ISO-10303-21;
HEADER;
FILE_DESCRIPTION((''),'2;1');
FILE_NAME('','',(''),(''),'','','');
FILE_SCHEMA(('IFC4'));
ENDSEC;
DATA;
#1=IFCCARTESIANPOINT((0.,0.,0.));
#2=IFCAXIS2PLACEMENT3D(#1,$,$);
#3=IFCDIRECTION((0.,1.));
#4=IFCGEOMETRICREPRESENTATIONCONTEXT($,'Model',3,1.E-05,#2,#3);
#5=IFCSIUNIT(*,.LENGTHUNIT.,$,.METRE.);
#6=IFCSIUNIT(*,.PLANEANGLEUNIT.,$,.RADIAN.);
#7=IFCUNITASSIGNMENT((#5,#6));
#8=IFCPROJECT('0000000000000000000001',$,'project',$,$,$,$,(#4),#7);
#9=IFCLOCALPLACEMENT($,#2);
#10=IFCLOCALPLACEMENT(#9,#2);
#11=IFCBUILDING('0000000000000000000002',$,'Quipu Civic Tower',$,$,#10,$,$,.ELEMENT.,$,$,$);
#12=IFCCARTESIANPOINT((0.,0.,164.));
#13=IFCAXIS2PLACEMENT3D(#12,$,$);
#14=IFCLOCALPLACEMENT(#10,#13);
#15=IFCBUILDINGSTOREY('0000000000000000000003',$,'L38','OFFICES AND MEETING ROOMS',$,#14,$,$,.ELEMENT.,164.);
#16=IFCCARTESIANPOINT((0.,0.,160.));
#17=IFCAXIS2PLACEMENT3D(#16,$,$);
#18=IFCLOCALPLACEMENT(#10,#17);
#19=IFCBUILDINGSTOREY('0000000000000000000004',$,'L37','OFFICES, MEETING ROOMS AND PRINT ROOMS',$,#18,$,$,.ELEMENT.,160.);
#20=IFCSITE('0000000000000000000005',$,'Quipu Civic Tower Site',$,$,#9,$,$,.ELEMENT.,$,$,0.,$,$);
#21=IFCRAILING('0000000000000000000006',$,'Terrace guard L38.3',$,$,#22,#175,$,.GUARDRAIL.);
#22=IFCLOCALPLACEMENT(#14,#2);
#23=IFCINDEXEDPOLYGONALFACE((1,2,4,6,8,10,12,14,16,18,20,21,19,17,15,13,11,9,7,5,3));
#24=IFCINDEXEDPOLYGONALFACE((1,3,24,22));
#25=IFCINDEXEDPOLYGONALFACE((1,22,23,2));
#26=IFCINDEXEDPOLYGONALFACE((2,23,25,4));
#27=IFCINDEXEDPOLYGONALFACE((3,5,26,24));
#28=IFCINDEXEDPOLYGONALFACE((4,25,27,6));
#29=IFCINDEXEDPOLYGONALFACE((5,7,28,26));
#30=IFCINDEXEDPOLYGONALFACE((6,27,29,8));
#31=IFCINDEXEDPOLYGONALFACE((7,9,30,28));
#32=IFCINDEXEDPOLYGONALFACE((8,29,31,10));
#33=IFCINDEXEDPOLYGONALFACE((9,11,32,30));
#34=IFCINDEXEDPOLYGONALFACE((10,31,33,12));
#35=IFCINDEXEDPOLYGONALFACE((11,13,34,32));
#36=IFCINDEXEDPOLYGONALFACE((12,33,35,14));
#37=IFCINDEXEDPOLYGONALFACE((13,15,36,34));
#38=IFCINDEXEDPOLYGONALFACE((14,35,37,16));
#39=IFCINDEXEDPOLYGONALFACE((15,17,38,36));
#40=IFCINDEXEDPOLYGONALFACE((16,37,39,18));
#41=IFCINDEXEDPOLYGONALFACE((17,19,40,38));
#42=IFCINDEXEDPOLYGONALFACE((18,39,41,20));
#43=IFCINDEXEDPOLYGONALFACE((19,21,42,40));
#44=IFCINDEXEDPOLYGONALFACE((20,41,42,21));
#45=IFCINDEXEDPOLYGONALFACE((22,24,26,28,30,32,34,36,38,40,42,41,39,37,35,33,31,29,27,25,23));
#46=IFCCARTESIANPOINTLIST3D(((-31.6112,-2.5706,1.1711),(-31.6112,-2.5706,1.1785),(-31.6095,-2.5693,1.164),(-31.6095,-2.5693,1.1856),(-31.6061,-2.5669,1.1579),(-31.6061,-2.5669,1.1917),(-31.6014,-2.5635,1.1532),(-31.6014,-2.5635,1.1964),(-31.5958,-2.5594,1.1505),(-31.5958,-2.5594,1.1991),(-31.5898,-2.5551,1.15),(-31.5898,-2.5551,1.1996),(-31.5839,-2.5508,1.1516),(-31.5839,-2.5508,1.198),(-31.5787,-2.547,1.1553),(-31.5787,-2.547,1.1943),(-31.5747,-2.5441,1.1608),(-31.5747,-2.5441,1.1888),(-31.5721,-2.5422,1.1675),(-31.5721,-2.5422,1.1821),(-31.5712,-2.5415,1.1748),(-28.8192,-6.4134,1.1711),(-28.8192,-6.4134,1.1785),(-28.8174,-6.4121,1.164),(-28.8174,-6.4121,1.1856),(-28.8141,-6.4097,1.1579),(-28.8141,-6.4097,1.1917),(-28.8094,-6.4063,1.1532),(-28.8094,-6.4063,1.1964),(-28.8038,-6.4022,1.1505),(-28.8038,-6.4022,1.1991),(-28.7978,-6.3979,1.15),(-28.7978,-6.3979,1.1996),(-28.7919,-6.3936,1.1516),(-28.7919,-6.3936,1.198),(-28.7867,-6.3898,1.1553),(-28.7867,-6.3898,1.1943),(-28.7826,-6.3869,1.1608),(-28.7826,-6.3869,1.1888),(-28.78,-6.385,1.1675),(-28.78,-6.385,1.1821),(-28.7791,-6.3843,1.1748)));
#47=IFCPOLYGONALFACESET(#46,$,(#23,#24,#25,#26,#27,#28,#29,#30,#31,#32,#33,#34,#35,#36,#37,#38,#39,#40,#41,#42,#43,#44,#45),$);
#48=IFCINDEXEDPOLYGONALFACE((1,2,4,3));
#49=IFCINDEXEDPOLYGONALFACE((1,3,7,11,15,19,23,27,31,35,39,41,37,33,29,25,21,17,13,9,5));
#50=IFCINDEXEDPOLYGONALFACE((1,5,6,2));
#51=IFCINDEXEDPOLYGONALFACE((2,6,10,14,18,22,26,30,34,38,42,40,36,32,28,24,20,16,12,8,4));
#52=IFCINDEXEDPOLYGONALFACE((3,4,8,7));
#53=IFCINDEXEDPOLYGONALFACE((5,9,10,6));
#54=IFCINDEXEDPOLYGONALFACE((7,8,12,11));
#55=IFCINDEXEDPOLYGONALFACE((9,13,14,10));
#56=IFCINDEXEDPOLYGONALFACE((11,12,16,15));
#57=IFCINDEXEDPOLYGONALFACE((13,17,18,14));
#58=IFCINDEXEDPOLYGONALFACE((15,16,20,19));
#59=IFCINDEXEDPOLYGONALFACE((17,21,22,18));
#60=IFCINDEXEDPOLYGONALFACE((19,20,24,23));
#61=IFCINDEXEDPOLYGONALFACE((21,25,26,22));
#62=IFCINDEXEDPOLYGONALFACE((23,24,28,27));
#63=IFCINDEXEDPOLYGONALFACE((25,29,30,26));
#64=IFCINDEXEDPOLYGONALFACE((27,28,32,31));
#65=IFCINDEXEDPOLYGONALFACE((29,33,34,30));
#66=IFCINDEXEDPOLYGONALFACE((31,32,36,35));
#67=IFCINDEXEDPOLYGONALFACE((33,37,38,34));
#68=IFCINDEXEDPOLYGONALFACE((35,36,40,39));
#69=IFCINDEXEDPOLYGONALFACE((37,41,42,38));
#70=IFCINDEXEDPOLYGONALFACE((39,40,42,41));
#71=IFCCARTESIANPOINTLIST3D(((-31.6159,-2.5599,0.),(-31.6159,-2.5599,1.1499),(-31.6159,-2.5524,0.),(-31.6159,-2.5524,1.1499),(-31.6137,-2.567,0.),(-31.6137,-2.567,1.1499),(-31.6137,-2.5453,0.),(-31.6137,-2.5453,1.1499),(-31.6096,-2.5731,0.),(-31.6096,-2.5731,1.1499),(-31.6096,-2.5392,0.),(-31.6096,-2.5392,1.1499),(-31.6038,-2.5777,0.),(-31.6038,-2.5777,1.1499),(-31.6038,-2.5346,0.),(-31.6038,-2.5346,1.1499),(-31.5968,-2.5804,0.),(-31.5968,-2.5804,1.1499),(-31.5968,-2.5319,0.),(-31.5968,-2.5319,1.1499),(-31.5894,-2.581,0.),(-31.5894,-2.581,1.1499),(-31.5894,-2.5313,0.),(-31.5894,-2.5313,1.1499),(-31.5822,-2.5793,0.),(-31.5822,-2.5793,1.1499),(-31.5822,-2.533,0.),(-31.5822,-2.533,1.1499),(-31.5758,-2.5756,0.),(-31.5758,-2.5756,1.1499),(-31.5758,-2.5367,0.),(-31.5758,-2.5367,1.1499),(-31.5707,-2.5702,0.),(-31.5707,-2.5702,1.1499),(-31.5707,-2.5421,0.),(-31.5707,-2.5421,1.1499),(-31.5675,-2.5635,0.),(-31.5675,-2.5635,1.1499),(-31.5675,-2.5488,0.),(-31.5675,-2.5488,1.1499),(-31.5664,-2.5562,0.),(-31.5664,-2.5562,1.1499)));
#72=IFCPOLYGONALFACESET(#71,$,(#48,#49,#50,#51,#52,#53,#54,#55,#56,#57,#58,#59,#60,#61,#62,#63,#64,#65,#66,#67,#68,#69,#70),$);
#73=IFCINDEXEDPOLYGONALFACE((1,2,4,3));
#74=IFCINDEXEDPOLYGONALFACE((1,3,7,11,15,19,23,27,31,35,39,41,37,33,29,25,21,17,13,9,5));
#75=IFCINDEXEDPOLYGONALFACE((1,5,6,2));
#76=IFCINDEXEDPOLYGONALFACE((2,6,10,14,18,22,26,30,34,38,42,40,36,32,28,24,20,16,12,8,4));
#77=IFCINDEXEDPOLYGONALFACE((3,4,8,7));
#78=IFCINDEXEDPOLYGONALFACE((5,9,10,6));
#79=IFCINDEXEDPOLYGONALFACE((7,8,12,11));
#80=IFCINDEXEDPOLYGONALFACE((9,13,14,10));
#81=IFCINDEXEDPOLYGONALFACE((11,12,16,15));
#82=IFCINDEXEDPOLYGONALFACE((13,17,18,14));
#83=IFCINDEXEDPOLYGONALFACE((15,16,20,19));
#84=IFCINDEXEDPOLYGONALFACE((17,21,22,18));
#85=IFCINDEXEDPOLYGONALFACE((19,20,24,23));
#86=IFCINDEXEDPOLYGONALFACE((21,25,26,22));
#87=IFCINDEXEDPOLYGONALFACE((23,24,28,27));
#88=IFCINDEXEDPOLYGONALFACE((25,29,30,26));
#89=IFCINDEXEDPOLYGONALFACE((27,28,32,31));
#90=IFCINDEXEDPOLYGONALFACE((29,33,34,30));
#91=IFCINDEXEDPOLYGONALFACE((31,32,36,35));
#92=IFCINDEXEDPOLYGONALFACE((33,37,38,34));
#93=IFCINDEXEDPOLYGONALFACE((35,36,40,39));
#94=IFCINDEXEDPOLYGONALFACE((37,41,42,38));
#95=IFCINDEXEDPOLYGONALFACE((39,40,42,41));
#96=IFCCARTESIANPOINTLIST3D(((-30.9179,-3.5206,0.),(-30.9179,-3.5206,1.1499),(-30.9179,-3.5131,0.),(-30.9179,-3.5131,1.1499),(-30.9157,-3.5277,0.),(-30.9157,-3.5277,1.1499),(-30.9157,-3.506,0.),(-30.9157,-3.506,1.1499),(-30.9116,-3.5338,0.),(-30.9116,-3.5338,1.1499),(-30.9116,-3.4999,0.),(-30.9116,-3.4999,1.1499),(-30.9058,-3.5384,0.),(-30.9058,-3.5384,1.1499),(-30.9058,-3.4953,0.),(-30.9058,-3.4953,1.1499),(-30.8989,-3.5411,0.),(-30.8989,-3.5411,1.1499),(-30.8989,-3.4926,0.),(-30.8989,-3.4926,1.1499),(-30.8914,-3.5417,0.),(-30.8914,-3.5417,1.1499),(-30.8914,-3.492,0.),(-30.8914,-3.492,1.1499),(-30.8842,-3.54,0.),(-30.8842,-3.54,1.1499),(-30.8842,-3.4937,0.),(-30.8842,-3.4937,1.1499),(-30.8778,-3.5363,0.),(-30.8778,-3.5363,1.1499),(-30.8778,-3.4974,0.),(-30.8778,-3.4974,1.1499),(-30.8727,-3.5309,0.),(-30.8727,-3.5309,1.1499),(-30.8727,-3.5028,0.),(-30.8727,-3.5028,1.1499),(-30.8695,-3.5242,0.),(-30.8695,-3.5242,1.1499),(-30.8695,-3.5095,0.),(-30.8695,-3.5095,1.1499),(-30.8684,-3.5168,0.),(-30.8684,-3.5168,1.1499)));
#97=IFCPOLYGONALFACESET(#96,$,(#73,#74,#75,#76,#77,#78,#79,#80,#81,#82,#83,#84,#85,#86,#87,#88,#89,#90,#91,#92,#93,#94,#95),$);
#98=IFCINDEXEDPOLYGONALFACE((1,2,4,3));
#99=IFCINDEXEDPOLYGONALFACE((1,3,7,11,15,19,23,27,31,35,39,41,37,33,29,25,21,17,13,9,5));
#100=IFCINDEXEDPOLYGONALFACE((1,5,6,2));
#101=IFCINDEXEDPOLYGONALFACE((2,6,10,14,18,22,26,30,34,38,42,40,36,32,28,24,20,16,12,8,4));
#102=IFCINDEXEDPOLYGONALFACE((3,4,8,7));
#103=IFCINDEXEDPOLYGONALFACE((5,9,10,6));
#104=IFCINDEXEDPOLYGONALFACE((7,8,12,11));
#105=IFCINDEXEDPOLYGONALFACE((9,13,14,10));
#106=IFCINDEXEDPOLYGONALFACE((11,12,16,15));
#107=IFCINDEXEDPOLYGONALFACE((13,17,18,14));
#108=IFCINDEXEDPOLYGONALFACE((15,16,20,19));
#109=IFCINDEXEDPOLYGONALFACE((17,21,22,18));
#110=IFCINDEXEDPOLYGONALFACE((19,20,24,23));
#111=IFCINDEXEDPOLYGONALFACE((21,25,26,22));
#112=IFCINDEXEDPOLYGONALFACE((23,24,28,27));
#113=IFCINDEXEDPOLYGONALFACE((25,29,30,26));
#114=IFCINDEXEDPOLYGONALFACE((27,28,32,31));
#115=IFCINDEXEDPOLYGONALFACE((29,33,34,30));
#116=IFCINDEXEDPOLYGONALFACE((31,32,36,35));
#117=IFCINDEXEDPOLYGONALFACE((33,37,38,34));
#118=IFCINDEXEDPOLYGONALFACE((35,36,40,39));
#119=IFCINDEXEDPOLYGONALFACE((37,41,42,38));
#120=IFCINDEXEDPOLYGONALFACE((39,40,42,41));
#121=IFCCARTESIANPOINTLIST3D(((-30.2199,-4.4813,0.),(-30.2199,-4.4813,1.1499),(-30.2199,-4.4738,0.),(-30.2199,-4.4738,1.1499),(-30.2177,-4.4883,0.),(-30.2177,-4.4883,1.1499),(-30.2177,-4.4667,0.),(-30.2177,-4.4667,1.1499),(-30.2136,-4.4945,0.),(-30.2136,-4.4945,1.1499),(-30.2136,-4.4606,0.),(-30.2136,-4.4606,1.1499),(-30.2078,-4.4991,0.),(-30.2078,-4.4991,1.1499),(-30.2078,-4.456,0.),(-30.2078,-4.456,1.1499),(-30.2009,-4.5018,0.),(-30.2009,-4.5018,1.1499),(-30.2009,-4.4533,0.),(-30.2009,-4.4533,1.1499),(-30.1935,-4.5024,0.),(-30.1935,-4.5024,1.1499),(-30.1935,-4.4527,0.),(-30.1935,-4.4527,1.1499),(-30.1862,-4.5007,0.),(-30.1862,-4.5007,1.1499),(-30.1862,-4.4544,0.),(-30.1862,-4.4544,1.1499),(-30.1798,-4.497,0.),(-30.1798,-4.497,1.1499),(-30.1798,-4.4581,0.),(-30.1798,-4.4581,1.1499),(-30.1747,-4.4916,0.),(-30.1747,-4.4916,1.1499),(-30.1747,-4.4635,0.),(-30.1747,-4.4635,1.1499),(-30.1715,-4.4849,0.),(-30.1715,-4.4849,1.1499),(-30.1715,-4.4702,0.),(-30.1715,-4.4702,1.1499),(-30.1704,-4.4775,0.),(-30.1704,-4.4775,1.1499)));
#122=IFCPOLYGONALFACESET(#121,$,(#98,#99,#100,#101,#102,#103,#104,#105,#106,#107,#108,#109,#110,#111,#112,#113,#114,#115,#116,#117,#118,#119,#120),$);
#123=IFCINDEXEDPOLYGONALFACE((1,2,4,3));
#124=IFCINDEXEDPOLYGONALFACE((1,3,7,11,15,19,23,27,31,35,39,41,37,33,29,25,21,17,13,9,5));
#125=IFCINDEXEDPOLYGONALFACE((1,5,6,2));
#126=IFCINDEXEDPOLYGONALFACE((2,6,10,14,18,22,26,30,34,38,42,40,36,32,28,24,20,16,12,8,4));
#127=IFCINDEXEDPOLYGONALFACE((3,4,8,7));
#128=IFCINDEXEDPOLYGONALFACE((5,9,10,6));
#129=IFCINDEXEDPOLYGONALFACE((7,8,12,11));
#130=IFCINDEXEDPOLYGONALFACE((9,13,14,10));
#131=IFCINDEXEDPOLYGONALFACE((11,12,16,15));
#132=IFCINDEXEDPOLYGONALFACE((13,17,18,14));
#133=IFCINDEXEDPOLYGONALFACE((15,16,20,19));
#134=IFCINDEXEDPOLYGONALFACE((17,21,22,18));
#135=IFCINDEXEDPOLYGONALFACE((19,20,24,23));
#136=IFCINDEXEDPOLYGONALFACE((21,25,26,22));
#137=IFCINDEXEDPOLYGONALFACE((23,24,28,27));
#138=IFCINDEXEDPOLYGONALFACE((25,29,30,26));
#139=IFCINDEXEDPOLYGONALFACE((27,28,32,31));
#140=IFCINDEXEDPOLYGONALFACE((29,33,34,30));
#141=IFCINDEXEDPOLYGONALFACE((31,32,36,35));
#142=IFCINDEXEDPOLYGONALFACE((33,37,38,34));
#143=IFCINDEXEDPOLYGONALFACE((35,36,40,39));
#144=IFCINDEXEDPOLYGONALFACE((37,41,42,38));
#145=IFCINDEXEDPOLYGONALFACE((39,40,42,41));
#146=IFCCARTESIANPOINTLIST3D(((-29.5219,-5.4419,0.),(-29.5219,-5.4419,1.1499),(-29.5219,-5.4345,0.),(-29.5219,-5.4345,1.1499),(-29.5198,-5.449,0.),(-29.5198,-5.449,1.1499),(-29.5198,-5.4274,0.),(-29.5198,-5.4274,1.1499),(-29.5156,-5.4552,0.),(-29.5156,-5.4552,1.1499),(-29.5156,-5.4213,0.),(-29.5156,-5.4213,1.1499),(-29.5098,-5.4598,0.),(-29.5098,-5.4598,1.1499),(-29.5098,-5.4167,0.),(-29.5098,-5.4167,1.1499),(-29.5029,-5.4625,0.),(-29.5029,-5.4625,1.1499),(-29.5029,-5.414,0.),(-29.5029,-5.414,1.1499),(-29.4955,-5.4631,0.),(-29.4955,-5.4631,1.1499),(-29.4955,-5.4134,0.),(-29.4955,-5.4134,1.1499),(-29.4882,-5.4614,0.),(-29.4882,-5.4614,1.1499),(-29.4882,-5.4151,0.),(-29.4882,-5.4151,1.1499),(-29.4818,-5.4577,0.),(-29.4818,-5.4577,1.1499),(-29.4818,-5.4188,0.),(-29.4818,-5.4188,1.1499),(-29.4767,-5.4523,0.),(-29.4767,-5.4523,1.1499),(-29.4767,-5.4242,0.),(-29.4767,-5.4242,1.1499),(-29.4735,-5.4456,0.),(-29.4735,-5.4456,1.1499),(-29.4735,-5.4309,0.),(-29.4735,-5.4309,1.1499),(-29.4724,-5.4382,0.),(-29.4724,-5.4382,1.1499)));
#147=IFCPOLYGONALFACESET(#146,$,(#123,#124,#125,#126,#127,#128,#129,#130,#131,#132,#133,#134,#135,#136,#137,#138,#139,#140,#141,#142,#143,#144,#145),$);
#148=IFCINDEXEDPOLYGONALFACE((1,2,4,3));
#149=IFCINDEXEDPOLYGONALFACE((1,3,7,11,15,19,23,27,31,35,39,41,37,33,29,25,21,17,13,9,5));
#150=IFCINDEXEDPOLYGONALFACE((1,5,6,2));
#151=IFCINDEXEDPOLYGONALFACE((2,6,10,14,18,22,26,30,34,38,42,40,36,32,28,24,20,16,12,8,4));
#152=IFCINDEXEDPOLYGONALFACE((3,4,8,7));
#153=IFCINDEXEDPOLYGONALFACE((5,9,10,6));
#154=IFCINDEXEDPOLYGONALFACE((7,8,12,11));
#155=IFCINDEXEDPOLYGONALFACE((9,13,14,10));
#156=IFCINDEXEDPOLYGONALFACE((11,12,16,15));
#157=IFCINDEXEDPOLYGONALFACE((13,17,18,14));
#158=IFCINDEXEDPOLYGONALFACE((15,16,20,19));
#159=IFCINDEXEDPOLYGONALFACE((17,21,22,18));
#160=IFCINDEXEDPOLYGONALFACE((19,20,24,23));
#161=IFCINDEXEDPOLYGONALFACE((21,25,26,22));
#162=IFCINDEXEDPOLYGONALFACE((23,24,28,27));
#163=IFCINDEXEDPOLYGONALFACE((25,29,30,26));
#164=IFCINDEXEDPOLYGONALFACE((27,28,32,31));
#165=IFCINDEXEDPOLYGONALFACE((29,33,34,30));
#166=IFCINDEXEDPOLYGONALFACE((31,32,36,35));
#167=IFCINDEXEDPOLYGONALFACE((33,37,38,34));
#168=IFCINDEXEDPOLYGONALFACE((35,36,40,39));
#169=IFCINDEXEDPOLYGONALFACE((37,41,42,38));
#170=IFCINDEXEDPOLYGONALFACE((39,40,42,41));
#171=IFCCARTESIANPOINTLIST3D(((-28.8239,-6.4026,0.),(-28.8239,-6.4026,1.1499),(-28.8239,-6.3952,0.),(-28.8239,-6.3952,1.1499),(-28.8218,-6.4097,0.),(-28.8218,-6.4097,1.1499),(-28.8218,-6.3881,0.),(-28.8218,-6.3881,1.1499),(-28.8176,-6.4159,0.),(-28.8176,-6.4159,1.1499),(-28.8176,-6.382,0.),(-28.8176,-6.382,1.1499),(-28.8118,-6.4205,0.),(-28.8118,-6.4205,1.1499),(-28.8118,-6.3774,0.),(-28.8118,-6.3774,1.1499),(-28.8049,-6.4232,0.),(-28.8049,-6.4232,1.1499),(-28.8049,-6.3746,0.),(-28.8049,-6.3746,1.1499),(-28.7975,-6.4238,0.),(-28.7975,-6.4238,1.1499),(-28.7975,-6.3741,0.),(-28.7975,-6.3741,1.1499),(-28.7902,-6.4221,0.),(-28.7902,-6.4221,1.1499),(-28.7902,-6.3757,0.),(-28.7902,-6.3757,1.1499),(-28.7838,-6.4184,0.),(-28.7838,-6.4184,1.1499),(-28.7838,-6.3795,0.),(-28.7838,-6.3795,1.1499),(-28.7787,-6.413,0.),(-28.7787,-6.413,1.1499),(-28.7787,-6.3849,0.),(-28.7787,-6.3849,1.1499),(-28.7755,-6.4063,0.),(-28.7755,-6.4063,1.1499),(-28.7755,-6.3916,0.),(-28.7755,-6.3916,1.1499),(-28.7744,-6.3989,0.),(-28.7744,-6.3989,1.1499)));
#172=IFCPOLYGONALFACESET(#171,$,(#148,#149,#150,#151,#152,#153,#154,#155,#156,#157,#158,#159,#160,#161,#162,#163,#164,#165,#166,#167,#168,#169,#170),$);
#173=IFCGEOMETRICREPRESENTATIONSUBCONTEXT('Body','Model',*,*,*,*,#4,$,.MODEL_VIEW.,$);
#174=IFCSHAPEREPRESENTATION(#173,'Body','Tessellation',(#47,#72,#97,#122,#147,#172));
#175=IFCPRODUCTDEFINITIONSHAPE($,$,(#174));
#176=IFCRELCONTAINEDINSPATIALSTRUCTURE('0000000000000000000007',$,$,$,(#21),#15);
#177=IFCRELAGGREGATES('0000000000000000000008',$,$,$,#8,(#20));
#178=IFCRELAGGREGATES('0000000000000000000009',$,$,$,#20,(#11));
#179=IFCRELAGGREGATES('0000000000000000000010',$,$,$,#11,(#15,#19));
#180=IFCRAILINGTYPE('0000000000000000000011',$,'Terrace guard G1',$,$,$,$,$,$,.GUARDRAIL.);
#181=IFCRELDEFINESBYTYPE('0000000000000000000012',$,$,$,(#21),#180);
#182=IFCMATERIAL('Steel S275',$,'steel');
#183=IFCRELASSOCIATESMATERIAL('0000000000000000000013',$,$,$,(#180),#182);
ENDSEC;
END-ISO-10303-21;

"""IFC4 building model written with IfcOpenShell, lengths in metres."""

from ifc_helpers import new_model, si_unit, direction, frame, origin, origin_2d, place, context, subcontext, project, spatial, circle, extrude, material, type_object, element, save


model = new_model("IFC4")

# Units and contexts
model_context = context("Model", 3, precision=1e-05, world=origin(), true_north=direction((0.0, 1.0)))
body_context = subcontext(model_context, "Body", "Model", "MODEL_VIEW")
ifc_project = project(units=[si_unit("LENGTHUNIT", "METRE"), si_unit("PLANEANGLEUNIT", "RADIAN")], contexts=[model_context])

# Site, building, storey
site_placement = place(None, origin())
site = spatial("IfcSite", under=ifc_project, at=site_placement, Name="Quipu Civic Tower Site", CompositionType="ELEMENT", RefElevation=0.0)
building_placement = place(site_placement, origin())
building = spatial("IfcBuilding", under=site, at=building_placement, Name="Quipu Civic Tower", CompositionType="ELEMENT")
storey_1_placement = place(building_placement, frame((0.0, 0.0, 164.0)))
storey_1 = spatial("IfcBuildingStorey", under=building, at=storey_1_placement, Name="L38", Description="OFFICES AND MEETING ROOMS", CompositionType="ELEMENT", Elevation=164.0)

# Shared definitions
storey_2_placement = place(building_placement, frame((0.0, 0.0, 160.0)))
storey_2 = spatial("IfcBuildingStorey", under=building, at=storey_2_placement, Name="L37", Description="OFFICES, MEETING ROOMS AND PRINT ROOMS", CompositionType="ELEMENT", Elevation=160.0)

# Railing
ifc_material_1 = material(Name="Steel S275", Category="steel")
railing_type = type_object("IfcRailingType", Name="Terrace guard G1", PredefinedType="GUARDRAIL", material=ifc_material_1)
railing_1_placement = place(storey_1_placement, frame((-31.5913, -2.5562, 0.0)))
element("IfcRailing", 1, at=railing_1_placement, inside=storey_1, type_object=railing_type, Name="Terrace guard L38.3", PredefinedType="GUARDRAIL", context=body_context, shape_type="SweptSolid", body=[
    extrude(circle(Radius=0.0249, at=origin_2d()), frame((0.0, 0.0, 1.1748), z_axis=(0.587793, -0.809012, 0.0), x_axis=(0.809012, 0.587793, 0.0)), (0.0, 0.0, 1.0), 4.75),
    extrude(circle(Radius=0.0249, at=origin_2d()), origin(), (0.0, 0.0, 1.0), 1.1499),
    extrude(circle(Radius=0.0249, at=origin_2d()), frame((0.698, -0.9607, 0.0)), (0.0, 0.0, 1.0), 1.1499),
    extrude(circle(Radius=0.0249, at=origin_2d()), frame((1.396, -1.9214, 0.0)), (0.0, 0.0, 1.0), 1.1499),
    extrude(circle(Radius=0.0249, at=origin_2d()), frame((2.094, -2.8821, 0.0)), (0.0, 0.0, 1.0), 1.1499),
    extrude(circle(Radius=0.0249, at=origin_2d()), frame((2.792, -3.8428, 0.0)), (0.0, 0.0, 1.0), 1.1499),
])

save(model, "model.ifc")
